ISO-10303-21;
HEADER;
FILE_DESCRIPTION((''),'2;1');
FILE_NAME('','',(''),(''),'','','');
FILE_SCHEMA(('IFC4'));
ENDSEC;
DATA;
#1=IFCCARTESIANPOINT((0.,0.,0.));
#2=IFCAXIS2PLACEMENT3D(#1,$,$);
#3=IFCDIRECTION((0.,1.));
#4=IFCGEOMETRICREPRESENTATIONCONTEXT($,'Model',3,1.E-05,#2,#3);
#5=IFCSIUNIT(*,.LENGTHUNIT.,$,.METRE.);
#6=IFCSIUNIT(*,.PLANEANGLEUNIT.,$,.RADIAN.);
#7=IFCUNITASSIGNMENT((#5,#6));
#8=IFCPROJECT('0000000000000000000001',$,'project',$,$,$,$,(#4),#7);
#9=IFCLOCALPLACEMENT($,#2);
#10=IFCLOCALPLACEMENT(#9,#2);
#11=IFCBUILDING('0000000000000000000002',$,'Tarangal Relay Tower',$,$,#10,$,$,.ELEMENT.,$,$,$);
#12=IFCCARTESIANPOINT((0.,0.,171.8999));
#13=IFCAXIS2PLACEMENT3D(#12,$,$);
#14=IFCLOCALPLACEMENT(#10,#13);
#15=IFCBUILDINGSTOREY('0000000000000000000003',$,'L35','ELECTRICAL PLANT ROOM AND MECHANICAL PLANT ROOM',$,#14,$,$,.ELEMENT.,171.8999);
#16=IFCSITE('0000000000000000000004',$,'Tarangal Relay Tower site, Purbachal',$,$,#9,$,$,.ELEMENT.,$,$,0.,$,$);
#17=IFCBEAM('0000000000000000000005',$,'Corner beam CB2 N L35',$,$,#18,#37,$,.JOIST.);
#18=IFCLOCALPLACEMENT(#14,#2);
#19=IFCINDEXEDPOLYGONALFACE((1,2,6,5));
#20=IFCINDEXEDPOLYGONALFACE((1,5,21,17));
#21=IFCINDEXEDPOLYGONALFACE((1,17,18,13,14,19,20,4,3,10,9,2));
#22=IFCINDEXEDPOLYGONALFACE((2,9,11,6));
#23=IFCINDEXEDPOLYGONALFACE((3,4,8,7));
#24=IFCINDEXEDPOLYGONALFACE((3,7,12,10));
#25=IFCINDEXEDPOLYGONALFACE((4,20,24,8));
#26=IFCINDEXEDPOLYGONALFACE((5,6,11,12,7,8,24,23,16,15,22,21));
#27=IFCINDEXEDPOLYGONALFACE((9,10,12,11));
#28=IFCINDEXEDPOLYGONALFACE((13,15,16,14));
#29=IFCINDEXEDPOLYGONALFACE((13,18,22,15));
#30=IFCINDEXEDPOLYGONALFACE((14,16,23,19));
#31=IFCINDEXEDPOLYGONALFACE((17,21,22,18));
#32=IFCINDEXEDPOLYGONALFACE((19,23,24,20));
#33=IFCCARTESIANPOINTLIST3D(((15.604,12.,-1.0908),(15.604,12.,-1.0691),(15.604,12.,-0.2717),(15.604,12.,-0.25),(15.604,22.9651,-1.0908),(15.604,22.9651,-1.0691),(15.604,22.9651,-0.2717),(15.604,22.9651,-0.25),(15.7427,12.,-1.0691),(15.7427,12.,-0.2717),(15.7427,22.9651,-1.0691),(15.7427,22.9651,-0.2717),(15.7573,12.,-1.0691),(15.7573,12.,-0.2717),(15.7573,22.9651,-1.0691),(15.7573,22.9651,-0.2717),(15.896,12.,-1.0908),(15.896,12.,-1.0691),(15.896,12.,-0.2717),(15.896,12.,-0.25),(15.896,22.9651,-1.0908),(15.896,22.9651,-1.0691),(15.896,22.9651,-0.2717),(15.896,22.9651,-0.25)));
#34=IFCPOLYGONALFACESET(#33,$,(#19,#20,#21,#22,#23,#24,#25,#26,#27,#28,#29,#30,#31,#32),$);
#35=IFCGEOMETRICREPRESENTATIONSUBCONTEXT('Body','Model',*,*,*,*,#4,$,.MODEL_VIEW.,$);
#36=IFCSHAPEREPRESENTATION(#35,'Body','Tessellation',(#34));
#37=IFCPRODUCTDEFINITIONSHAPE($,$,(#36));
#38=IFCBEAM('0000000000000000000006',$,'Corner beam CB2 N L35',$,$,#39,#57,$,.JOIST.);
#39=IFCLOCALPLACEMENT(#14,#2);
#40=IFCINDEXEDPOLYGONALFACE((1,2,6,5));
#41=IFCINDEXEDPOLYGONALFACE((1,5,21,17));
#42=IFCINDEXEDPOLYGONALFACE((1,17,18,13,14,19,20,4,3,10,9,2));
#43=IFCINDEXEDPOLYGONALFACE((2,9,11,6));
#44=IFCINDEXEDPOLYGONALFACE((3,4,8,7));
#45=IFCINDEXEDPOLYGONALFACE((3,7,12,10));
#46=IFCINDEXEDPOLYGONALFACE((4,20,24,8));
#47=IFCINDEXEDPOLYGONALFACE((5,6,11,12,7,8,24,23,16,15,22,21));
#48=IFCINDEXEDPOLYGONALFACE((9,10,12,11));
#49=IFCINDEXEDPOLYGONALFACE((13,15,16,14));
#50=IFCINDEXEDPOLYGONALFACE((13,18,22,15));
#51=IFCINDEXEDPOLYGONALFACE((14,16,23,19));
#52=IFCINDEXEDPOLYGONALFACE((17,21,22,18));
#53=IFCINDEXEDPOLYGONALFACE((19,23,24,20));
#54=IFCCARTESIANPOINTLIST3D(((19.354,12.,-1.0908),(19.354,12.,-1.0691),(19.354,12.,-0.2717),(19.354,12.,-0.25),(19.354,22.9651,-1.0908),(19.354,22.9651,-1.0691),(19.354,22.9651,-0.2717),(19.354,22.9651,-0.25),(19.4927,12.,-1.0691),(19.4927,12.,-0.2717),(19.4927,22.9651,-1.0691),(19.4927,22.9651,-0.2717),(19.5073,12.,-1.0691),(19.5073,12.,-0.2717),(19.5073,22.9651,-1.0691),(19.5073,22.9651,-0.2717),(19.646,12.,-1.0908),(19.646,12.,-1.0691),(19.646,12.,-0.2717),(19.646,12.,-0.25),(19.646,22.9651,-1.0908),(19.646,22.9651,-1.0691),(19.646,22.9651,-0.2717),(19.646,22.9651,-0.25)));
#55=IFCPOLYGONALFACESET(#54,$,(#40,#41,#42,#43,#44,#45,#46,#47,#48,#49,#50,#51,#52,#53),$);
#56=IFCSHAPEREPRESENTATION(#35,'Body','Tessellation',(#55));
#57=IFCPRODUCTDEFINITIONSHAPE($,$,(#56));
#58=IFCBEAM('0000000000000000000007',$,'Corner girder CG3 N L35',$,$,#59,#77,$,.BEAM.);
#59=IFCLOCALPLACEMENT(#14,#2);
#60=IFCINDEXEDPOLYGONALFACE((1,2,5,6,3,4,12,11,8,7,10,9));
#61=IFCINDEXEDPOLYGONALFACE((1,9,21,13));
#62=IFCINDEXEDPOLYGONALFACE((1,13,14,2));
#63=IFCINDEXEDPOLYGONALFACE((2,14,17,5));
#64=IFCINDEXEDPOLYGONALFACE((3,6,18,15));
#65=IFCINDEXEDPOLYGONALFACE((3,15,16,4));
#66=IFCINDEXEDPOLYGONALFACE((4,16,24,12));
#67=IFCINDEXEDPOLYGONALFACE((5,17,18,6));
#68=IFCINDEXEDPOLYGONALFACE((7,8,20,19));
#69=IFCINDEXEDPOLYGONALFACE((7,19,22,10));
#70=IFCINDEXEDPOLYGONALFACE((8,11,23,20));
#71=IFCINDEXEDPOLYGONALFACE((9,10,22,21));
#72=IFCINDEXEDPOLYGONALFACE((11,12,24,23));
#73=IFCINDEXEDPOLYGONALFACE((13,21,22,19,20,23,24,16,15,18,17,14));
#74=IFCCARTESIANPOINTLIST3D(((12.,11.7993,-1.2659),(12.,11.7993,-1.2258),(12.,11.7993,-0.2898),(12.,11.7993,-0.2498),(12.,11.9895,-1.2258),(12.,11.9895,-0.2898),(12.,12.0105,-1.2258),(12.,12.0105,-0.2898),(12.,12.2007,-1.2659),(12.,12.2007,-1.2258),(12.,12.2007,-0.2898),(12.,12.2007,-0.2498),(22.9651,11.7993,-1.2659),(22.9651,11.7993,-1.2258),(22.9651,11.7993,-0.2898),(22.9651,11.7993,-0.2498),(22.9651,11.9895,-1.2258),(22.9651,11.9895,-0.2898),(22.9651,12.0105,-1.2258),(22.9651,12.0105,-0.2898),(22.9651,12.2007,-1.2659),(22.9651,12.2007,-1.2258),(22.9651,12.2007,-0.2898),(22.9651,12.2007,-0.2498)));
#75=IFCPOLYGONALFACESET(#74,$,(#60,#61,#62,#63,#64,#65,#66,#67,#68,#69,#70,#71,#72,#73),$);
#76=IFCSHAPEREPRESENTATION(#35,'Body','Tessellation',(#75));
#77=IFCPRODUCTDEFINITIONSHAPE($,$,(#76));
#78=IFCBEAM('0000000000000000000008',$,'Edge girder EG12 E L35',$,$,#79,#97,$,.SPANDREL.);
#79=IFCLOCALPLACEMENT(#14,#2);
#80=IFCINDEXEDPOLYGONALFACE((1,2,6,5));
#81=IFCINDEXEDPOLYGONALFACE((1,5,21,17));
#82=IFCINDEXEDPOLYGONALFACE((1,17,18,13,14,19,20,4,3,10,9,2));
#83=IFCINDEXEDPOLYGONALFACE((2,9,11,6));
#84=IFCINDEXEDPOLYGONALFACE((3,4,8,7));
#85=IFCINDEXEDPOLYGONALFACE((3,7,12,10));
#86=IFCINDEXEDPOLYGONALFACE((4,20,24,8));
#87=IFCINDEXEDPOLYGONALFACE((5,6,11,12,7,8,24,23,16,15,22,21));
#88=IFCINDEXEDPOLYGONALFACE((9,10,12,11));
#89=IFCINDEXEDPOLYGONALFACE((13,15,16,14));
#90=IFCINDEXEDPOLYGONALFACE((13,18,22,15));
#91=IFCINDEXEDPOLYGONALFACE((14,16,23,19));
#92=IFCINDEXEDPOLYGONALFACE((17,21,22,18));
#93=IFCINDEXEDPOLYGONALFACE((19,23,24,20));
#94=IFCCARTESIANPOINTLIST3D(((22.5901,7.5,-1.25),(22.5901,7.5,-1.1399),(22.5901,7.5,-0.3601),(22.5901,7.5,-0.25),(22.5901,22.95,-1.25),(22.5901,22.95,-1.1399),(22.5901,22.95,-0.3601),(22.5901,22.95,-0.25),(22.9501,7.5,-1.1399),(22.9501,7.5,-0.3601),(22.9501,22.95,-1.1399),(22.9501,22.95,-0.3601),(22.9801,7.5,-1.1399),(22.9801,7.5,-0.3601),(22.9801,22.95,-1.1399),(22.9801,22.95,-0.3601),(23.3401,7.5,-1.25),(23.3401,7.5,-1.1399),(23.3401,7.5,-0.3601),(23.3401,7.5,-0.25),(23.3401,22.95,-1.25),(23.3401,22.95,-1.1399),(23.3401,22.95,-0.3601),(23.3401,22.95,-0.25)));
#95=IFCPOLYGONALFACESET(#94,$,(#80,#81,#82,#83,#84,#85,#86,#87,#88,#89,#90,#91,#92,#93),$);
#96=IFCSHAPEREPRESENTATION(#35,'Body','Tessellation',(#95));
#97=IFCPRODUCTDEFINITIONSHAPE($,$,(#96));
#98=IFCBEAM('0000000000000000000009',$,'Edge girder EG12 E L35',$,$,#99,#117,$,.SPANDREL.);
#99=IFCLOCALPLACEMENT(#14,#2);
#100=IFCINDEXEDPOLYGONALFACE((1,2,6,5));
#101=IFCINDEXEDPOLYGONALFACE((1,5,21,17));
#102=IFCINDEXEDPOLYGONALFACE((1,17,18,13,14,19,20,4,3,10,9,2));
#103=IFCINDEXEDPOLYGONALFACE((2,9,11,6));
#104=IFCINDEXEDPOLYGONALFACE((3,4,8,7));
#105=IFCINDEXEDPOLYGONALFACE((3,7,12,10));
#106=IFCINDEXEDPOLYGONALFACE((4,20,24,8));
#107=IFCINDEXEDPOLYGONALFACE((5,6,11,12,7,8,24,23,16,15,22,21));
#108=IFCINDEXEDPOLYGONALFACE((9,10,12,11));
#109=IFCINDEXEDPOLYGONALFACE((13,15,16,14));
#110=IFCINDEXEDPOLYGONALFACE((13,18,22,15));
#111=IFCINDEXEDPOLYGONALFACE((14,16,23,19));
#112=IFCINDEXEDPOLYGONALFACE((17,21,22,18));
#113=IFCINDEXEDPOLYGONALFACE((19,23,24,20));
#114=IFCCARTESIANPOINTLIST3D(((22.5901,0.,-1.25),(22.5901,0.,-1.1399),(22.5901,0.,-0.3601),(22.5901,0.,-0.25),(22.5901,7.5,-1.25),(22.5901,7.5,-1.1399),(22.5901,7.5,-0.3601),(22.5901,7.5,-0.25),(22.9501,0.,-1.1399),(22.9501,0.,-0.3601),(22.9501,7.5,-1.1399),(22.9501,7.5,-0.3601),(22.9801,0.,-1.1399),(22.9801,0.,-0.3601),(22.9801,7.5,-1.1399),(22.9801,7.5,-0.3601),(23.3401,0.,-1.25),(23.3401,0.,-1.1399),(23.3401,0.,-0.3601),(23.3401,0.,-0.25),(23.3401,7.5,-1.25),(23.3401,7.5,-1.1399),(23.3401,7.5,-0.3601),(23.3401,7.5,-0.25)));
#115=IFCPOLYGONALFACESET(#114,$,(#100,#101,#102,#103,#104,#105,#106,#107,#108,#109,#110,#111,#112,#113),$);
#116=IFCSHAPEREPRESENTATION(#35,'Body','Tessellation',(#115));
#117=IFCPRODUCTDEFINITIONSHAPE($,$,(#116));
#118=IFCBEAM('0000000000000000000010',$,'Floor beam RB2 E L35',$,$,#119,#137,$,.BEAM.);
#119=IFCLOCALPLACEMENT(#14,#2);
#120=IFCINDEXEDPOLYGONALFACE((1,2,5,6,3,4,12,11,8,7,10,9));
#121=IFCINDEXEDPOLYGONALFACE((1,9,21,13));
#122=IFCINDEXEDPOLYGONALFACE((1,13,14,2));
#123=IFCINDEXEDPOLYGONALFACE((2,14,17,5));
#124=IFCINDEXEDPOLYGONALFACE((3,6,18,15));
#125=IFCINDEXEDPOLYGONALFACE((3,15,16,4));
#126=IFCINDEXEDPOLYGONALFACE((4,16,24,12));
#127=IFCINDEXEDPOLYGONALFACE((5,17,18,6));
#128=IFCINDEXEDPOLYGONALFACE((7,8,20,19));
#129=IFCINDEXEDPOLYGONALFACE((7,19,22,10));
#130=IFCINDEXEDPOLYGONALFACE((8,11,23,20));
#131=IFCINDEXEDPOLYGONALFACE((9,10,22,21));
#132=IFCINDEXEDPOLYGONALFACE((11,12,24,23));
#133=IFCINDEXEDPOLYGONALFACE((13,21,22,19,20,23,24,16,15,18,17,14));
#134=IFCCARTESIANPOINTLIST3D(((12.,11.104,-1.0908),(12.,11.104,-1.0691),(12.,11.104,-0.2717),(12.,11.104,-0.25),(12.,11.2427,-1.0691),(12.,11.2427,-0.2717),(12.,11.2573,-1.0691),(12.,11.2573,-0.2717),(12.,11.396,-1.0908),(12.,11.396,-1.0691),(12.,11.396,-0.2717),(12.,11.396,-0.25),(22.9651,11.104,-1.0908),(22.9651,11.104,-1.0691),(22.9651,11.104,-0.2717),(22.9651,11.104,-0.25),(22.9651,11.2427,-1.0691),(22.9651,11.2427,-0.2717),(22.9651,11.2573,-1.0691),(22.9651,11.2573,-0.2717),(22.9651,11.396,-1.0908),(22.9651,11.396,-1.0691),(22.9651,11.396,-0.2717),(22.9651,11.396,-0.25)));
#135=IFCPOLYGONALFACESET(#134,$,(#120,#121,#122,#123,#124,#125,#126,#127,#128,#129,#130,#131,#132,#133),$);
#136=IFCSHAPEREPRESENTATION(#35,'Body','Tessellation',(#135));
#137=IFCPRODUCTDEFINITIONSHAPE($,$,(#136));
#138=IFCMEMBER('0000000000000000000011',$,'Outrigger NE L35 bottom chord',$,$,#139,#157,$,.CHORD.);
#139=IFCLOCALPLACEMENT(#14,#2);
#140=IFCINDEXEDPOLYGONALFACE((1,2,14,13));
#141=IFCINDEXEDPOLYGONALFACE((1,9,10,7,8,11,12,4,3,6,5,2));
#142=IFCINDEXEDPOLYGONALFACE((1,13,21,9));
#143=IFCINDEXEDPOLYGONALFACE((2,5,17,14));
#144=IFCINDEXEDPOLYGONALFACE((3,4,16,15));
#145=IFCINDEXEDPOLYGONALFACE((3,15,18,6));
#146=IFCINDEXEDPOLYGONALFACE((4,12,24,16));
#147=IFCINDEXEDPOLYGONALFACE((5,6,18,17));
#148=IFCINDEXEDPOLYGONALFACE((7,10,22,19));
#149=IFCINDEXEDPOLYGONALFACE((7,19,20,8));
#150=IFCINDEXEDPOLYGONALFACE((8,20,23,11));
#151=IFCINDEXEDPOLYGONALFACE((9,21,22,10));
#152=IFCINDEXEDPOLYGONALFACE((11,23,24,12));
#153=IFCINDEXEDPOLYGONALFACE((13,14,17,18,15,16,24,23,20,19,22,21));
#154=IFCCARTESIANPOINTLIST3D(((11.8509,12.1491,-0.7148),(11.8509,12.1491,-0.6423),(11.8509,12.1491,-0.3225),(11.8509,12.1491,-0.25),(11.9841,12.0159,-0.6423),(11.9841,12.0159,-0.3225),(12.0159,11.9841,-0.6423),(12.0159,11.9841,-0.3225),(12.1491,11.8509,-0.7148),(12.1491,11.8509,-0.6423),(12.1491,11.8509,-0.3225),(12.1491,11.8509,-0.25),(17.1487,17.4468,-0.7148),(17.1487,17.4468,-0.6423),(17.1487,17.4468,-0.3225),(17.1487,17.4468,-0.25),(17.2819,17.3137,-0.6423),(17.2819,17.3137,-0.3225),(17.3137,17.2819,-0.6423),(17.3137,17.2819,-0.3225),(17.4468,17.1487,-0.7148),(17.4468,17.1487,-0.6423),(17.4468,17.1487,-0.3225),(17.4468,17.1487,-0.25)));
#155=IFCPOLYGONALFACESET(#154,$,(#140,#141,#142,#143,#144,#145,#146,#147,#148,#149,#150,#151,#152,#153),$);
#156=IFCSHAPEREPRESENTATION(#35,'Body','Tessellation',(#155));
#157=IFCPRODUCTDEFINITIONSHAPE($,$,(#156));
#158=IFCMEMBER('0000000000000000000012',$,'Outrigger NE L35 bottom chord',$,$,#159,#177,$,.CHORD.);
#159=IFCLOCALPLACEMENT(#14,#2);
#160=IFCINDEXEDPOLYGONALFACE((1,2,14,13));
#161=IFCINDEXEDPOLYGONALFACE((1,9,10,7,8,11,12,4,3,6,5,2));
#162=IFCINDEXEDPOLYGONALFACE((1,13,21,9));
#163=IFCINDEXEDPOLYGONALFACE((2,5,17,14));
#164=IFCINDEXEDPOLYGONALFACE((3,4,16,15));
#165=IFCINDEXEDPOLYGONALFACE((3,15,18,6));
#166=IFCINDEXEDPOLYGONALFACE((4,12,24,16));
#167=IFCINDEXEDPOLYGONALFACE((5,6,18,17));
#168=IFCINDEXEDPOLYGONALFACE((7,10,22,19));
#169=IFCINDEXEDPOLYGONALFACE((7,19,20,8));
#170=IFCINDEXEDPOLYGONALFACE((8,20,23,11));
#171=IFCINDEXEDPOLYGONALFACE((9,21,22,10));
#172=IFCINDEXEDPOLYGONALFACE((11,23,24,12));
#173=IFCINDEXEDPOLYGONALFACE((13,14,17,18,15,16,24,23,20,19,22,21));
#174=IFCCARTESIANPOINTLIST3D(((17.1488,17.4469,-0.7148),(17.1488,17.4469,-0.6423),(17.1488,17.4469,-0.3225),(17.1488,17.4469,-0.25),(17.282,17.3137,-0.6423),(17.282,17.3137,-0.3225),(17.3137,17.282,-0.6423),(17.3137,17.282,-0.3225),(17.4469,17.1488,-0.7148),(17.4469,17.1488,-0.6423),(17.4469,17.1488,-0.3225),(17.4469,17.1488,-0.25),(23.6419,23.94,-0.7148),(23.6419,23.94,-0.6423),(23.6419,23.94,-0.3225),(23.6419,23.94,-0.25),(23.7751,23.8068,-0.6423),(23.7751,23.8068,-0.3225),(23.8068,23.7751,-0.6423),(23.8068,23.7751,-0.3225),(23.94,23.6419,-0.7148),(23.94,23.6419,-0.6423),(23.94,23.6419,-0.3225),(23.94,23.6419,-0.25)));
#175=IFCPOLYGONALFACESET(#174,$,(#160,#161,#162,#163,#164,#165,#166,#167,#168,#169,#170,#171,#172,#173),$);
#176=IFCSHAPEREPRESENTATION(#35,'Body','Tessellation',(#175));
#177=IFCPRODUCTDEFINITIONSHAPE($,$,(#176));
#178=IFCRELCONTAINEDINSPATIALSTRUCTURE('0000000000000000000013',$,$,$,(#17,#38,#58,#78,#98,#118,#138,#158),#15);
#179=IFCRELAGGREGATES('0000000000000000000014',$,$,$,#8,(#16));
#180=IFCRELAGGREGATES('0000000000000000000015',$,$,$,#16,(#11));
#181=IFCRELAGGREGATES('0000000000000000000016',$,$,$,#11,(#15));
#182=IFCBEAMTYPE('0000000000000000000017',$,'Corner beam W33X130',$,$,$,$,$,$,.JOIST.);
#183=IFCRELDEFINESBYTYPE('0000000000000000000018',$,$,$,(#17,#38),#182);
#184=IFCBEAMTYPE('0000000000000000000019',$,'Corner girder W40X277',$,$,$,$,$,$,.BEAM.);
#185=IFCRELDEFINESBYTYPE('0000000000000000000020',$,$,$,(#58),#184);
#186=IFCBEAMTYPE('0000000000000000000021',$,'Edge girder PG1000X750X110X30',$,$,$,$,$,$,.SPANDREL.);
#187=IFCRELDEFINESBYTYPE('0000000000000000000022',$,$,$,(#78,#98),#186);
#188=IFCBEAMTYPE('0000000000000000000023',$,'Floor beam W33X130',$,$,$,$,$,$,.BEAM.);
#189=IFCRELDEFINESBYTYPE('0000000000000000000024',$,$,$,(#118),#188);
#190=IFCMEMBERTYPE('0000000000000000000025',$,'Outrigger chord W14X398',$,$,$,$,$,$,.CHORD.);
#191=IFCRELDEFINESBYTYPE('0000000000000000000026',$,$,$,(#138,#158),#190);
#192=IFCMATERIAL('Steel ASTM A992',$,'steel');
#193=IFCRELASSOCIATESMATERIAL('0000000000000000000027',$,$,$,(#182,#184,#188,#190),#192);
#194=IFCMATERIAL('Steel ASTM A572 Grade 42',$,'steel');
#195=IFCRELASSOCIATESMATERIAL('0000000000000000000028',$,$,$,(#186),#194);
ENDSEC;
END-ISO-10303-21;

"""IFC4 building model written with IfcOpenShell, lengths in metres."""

from ifc_helpers import new_model, si_unit, direction, frame, origin, origin_2d, place, context, subcontext, project, spatial, i_section, extrude, clip, halfspace, material, material_profile, profile_set, type_object, element, save


model = new_model("IFC4")

# Units and contexts
model_context = context("Model", 3, precision=1e-05, world=origin(), true_north=direction((0.0, 1.0)))
body_context = subcontext(model_context, "Body", "Model", "MODEL_VIEW")
ifc_project = project(units=[si_unit("LENGTHUNIT", "METRE"), si_unit("PLANEANGLEUNIT", "RADIAN")], contexts=[model_context])

# Site, building, storey
site_placement = place(None, origin())
site = spatial("IfcSite", under=ifc_project, at=site_placement, Name="Tarangal Relay Tower site, Purbachal", CompositionType="ELEMENT", RefElevation=0.0)
building_placement = place(site_placement, origin())
building = spatial("IfcBuilding", under=site, at=building_placement, Name="Tarangal Relay Tower", CompositionType="ELEMENT")
storey_placement = place(building_placement, frame((0.0, 0.0, 171.8999)))
storey = spatial("IfcBuildingStorey", under=building, at=storey_placement, Name="L35", Description="ELECTRICAL PLANT ROOM AND MECHANICAL PLANT ROOM", CompositionType="ELEMENT", Elevation=171.8999)

# Shared definitions
ifc_material_1 = material(Name="Steel ASTM A572 Grade 42", Category="steel")

# Beams
ifc_material_2 = material(Name="Steel ASTM A992", Category="steel")
ifc_material_profile_1 = material_profile(ifc_material_2, i_section(OverallWidth=0.292, OverallDepth=0.8408, WebThickness=0.0146, FlangeThickness=0.0217, at=origin_2d()), Name="W33X130")
ifc_profile_set_1 = profile_set([ifc_material_profile_1], Name="Steel ASTM A992")
beam_type_1 = type_object("IfcBeamType", Name="Corner beam W33X130", PredefinedType="JOIST", material=ifc_profile_set_1)
for number, where, z_axis, x_axis, name in (
    (1, (15.75, 12.0, -0.6704), (0.0, 1.0, 0.0), (-1.0, 0.0, 0.0), "Corner beam CB2 N L35"),
    (2, (19.5, 12.0, -0.6704), (0.0, 1.0, 0.0), (-1.0, 0.0, 0.0), "Corner beam CB2 N L35"),
):
    element("IfcBeam", number, at=place(storey_placement, frame(where, z_axis=z_axis, x_axis=x_axis)), inside=storey, type_object=beam_type_1, Name=name, PredefinedType="JOIST", context=body_context, shape_type="SweptSolid", body=[
        extrude(i_section(OverallWidth=0.292, OverallDepth=0.8408, WebThickness=0.0146, FlangeThickness=0.0217, at=origin_2d()), origin(), (0.0, 0.0, 1.0), 10.9651),
    ])
ifc_material_profile_2 = material_profile(ifc_material_2, i_section(OverallWidth=0.4014, OverallDepth=1.0161, WebThickness=0.021, FlangeThickness=0.04, at=origin_2d()), Name="W40X277")
ifc_profile_set_2 = profile_set([ifc_material_profile_2], Name="Steel ASTM A992")
beam_type_2 = type_object("IfcBeamType", Name="Corner girder W40X277", PredefinedType="BEAM", material=ifc_profile_set_2)
beam_1_placement = place(storey_placement, frame((12.0, 12.0, -0.7578), z_axis=(1.0, 0.0, 0.0), x_axis=(0.0, 1.0, 0.0)))
element("IfcBeam", 3, at=beam_1_placement, inside=storey, type_object=beam_type_2, Name="Corner girder CG3 N L35", PredefinedType="BEAM", context=body_context, shape_type="SweptSolid", body=[
    extrude(i_section(OverallWidth=0.4014, OverallDepth=1.0161, WebThickness=0.021, FlangeThickness=0.04, at=origin_2d()), origin(), (0.0, 0.0, 1.0), 10.9651),
])
ifc_material_profile_3 = material_profile(ifc_material_1, i_section(OverallWidth=0.75, OverallDepth=1.0, WebThickness=0.03, FlangeThickness=0.1101, at=origin_2d()), Name="PG1000X750X110X30")
ifc_profile_set_3 = profile_set([ifc_material_profile_3], Name="Steel ASTM A572 Grade 42")
beam_type_3 = type_object("IfcBeamType", Name="Edge girder PG1000X750X110X30", PredefinedType="SPANDREL", material=ifc_profile_set_3)
beam_2_placement = place(storey_placement, frame((22.9651, 22.95, -0.75), z_axis=(0.0, -1.0, 0.0), x_axis=(1.0, 0.0, 0.0)))
element("IfcBeam", 4, at=beam_2_placement, inside=storey, type_object=beam_type_3, Name="Edge girder EG12 E L35", PredefinedType="SPANDREL", context=body_context, shape_type="SweptSolid", body=[
    extrude(i_section(OverallWidth=0.75, OverallDepth=1.0, WebThickness=0.03, FlangeThickness=0.1101, at=origin_2d()), origin(), (0.0, 0.0, 1.0), 15.45),
])
beam_3_placement = place(storey_placement, frame((22.9651, 7.5, -0.75), z_axis=(0.0, -1.0, 0.0), x_axis=(1.0, 0.0, 0.0)))
element("IfcBeam", 5, at=beam_3_placement, inside=storey, type_object=beam_type_3, Name="Edge girder EG12 E L35", PredefinedType="SPANDREL", context=body_context, shape_type="SweptSolid", body=[
    extrude(i_section(OverallWidth=0.75, OverallDepth=1.0, WebThickness=0.03, FlangeThickness=0.1101, at=origin_2d()), origin(), (0.0, 0.0, 1.0), 7.5),
])
ifc_material_profile_4 = material_profile(ifc_material_2, i_section(OverallWidth=0.292, OverallDepth=0.8408, WebThickness=0.0146, FlangeThickness=0.0217, at=origin_2d()), Name="W33X130")
ifc_profile_set_4 = profile_set([ifc_material_profile_4], Name="Steel ASTM A992")
beam_type_4 = type_object("IfcBeamType", Name="Floor beam W33X130", PredefinedType="BEAM", material=ifc_profile_set_4)
beam_4_placement = place(storey_placement, frame((12.0, 11.25, -0.6704), z_axis=(1.0, 0.0, 0.0), x_axis=(0.0, 1.0, 0.0)))
element("IfcBeam", 6, at=beam_4_placement, inside=storey, type_object=beam_type_4, Name="Floor beam RB2 E L35", PredefinedType="BEAM", context=body_context, shape_type="SweptSolid", body=[
    extrude(i_section(OverallWidth=0.292, OverallDepth=0.8408, WebThickness=0.0146, FlangeThickness=0.0217, at=origin_2d()), origin(), (0.0, 0.0, 1.0), 10.9651),
])

# Members
ifc_material_profile_5 = material_profile(ifc_material_2, i_section(OverallWidth=0.4216, OverallDepth=0.4648, WebThickness=0.0449, FlangeThickness=0.0725, at=origin_2d()), Name="W14X398")
ifc_profile_set_5 = profile_set([ifc_material_profile_5], Name="Steel ASTM A992")
member_type_1 = type_object("IfcMemberType", Name="Outrigger chord W14X398", PredefinedType="CHORD", material=ifc_profile_set_5)
member_1_placement = place(storey_placement, frame((12.0, 12.0, -0.4824), z_axis=(0.707107, 0.707107, 0.0), x_axis=(-0.707107, 0.707107, 0.0)))
element("IfcMember", 7, at=member_1_placement, inside=storey, type_object=member_type_1, Name="Outrigger NE L35 bottom chord", PredefinedType="CHORD", context=body_context, shape_type="SweptSolid", body=[
    extrude(i_section(OverallWidth=0.4216, OverallDepth=0.4648, WebThickness=0.0449, FlangeThickness=0.0725, at=origin_2d()), origin(), (0.0, 0.0, 1.0), 7.4922),
])
member_2_placement = place(storey_placement, frame((17.2979, 17.2979, -0.4824), z_axis=(0.707107, 0.707107, 0.0), x_axis=(-0.707107, 0.707107, 0.0)))
element("IfcMember", 8, at=member_2_placement, inside=storey, type_object=member_type_1, Name="Outrigger NE L35 bottom chord", PredefinedType="CHORD", context=body_context, shape_type="Clipping", body=[
    clip(extrude(i_section(OverallWidth=0.4216, OverallDepth=0.4648, WebThickness=0.0449, FlangeThickness=0.0725, at=origin_2d()), origin(), (0.0, 0.0, 1.0), 9.4783), halfspace(frame((0.0, 0.0, 9.1826)), False)),
])

save(model, "model.ifc")
